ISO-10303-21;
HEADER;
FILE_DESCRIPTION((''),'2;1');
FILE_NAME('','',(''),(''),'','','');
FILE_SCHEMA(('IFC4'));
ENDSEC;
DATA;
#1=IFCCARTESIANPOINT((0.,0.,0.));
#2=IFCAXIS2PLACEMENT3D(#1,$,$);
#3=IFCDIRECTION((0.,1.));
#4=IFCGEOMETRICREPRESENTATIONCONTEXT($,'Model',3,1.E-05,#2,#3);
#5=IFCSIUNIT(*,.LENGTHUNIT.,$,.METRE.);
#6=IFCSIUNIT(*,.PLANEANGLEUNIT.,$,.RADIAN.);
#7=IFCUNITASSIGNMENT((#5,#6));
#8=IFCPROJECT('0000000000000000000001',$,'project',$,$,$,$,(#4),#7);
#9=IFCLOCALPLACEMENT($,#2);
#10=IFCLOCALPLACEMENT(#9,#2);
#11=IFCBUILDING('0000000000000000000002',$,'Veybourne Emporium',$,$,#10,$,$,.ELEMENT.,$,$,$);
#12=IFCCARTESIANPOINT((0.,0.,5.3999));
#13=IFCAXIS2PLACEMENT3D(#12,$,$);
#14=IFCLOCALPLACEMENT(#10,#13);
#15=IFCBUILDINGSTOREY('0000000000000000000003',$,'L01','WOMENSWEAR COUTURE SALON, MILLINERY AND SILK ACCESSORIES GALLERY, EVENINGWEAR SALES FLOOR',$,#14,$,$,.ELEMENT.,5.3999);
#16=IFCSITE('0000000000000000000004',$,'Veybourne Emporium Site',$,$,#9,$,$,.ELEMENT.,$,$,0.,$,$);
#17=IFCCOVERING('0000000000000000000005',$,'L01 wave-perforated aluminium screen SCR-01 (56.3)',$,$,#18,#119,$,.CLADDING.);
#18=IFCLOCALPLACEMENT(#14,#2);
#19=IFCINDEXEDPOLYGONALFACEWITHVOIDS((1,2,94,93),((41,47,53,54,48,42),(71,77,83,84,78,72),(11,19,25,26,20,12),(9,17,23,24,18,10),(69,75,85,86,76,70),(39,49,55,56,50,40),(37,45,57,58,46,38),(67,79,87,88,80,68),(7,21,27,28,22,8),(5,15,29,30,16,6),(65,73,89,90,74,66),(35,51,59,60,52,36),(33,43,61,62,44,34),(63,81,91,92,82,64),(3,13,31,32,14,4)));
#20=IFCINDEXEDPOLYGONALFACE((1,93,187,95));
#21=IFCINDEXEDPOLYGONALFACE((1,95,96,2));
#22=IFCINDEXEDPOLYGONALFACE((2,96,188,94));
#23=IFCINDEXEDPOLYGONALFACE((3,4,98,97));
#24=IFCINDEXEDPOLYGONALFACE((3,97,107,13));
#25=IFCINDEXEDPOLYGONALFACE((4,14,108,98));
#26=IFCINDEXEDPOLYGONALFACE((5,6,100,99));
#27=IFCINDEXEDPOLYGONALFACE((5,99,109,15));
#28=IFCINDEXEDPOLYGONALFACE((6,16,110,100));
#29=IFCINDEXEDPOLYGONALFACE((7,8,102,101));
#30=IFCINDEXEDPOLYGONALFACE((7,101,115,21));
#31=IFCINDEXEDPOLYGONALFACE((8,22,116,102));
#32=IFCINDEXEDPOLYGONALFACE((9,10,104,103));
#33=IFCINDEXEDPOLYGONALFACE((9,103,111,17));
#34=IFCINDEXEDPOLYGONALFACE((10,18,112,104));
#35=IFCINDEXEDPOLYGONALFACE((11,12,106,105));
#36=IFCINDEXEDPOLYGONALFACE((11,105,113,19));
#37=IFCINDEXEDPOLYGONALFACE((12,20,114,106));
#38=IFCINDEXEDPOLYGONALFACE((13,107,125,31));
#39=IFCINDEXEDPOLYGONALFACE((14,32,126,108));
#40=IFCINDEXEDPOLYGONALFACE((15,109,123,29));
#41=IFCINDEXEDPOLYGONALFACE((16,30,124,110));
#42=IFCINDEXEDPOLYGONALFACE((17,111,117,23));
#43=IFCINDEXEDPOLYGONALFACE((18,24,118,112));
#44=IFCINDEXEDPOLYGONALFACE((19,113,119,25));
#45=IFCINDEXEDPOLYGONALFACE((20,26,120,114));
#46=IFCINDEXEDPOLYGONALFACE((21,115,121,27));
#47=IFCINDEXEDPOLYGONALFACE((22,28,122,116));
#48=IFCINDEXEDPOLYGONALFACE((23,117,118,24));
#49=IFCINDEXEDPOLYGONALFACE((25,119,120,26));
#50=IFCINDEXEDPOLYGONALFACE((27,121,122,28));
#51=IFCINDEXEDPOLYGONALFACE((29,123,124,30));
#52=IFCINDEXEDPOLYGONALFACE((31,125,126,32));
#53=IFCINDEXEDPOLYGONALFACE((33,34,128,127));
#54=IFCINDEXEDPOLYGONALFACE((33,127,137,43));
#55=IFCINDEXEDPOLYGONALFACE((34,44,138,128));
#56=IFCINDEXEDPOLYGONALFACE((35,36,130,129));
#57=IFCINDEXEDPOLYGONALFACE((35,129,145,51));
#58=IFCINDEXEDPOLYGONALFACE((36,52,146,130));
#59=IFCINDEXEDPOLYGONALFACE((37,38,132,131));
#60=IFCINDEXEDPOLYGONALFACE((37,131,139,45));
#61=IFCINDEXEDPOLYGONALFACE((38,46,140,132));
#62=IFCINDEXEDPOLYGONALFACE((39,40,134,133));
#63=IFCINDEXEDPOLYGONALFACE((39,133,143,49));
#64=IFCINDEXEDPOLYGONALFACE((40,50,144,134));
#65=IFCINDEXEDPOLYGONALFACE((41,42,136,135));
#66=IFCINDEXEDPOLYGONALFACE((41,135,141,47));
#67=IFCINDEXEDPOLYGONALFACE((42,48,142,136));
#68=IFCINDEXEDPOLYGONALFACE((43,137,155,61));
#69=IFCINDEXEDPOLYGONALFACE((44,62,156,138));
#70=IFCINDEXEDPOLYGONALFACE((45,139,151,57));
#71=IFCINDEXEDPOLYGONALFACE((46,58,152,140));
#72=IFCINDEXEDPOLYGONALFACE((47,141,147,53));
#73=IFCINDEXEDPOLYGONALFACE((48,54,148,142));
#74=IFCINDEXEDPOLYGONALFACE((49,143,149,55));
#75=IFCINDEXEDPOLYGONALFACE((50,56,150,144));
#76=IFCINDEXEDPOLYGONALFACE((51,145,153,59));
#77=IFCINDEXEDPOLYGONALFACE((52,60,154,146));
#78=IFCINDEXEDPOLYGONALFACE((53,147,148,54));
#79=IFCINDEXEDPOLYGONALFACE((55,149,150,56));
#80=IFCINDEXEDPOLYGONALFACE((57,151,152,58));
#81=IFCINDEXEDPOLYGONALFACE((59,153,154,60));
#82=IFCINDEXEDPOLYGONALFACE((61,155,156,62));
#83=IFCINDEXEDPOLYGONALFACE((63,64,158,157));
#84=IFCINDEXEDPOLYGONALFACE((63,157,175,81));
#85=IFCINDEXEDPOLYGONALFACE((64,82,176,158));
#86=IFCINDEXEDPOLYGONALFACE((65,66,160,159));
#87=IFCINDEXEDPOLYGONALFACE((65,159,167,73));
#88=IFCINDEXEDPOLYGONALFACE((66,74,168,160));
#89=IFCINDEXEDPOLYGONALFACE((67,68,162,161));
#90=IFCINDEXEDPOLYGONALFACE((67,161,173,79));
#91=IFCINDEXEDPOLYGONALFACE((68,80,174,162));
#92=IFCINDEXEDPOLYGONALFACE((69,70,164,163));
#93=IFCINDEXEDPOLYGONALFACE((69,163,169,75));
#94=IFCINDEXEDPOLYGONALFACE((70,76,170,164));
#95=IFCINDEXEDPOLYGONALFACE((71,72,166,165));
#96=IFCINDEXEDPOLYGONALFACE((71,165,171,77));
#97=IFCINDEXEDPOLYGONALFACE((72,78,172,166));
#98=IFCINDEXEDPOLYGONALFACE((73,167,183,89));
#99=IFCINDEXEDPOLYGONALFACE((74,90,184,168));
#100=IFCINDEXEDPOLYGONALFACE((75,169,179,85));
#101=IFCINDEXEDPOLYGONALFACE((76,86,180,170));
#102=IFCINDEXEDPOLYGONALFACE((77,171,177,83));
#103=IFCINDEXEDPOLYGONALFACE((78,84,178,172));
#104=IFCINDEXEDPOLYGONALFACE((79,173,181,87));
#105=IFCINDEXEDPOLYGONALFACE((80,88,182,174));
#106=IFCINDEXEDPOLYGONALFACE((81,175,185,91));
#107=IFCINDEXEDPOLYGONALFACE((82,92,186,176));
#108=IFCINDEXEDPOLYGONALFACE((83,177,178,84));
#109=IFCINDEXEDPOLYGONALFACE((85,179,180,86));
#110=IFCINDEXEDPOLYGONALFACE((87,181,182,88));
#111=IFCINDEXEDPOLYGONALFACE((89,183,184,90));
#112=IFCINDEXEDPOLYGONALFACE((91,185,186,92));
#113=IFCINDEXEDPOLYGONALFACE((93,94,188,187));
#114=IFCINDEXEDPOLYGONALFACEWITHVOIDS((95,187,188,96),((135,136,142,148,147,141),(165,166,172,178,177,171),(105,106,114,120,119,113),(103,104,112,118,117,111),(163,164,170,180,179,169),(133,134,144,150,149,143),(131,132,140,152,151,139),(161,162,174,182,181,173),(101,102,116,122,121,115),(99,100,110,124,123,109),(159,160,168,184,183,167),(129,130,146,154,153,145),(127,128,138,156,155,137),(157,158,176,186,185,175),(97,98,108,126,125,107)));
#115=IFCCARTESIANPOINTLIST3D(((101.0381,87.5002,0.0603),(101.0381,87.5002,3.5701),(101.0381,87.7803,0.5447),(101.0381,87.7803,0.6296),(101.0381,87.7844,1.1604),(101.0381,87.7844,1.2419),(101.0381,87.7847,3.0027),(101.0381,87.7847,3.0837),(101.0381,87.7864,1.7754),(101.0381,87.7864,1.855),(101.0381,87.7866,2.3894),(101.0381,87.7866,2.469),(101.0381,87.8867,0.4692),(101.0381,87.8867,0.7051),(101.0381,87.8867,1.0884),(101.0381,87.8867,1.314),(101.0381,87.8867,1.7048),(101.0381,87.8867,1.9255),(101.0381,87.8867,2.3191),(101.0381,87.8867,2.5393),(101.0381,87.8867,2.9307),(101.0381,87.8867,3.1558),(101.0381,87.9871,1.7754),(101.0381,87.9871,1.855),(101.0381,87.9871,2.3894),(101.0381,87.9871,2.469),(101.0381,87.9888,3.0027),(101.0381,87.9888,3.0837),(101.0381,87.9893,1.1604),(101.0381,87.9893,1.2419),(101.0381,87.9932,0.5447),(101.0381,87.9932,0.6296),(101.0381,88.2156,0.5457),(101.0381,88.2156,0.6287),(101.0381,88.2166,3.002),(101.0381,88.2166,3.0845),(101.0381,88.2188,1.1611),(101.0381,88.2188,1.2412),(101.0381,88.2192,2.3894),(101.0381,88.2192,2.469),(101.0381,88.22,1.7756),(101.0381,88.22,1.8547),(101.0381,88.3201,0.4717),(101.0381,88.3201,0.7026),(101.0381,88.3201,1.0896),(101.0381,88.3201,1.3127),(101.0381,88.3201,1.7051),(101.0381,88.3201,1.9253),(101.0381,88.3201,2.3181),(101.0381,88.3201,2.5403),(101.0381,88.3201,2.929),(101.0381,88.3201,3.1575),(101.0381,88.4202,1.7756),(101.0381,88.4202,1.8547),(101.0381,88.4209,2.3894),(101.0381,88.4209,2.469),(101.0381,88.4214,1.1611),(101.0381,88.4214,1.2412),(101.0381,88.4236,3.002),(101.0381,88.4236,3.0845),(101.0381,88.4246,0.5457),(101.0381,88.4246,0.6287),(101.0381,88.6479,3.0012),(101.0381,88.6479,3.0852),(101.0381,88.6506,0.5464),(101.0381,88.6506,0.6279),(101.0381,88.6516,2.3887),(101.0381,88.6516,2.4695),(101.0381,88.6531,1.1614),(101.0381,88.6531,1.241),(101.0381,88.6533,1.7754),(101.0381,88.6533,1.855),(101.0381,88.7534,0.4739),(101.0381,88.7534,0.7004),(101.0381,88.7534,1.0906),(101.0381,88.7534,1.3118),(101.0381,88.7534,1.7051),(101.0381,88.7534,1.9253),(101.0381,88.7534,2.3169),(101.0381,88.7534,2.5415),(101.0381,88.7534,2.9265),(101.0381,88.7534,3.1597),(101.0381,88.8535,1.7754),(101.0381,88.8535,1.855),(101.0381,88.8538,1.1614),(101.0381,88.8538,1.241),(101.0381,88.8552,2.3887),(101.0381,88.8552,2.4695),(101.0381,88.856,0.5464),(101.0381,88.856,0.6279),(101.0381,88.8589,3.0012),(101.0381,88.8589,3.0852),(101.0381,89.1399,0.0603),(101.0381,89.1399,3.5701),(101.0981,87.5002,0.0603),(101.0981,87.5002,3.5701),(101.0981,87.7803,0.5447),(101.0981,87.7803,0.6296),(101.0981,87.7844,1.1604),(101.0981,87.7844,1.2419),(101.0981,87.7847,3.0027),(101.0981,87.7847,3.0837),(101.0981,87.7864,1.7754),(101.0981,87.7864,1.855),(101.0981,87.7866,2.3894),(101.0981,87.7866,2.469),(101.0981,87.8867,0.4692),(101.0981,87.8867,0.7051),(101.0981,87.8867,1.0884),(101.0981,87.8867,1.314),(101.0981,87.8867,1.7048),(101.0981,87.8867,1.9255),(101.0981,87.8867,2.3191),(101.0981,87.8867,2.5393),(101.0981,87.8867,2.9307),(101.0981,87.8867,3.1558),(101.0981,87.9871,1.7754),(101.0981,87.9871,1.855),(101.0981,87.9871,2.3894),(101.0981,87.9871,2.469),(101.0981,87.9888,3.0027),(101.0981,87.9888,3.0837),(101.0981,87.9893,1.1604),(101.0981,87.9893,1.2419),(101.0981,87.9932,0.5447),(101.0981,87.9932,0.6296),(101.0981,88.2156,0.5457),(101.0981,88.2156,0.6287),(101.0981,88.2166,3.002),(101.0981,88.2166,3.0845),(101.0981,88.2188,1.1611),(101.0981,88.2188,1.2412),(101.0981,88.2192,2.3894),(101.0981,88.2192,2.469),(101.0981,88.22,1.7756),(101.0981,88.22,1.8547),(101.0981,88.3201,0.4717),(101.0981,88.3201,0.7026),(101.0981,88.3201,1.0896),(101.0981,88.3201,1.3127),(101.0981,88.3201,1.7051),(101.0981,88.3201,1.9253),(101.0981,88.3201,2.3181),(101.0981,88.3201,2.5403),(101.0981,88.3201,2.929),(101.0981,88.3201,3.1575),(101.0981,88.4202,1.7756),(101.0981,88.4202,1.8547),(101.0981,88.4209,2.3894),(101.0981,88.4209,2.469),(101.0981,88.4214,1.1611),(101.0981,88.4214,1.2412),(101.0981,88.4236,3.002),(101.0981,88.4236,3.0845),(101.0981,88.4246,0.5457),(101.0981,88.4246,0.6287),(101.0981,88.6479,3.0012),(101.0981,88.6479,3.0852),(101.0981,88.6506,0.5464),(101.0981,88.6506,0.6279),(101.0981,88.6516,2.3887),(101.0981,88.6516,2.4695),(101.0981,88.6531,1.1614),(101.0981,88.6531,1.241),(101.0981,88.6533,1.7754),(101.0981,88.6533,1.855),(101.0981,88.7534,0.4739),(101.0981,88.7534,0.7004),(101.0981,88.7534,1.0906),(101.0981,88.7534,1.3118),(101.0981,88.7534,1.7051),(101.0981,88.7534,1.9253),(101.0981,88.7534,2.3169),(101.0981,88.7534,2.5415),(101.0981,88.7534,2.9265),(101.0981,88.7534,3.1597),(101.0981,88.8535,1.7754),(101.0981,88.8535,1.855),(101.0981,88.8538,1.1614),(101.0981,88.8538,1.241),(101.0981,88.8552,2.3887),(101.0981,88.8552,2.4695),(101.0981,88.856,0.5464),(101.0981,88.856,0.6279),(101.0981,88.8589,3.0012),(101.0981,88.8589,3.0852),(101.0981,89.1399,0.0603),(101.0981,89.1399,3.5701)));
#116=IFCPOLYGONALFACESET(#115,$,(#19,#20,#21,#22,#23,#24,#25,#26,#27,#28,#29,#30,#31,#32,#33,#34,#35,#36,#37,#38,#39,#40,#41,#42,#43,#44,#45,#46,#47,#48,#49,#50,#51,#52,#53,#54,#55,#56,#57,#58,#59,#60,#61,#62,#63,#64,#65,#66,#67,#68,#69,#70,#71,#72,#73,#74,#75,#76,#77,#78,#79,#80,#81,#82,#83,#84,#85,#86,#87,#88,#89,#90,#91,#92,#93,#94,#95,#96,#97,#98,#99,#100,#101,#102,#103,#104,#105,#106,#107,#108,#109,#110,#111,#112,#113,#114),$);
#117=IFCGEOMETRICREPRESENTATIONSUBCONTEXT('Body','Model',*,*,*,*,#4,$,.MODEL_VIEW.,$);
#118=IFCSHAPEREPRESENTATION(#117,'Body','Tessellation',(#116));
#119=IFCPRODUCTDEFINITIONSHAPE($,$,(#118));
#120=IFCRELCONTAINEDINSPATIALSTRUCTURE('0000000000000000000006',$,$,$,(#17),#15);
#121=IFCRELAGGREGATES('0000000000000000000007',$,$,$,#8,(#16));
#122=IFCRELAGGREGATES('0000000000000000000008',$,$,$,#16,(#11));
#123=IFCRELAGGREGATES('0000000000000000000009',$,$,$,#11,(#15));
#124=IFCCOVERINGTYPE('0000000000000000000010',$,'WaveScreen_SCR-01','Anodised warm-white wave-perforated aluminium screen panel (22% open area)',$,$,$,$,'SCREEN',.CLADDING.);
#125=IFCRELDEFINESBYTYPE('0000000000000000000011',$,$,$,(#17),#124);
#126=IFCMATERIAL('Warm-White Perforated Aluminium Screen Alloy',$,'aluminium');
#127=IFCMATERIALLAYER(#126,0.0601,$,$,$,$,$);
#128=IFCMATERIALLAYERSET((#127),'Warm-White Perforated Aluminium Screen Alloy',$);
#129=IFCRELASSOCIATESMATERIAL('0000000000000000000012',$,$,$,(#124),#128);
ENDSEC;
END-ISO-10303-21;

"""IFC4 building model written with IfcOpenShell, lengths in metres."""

from ifc_helpers import new_model, si_unit, direction, frame, origin, place, context, subcontext, project, spatial, polyline, outline, extrude, material, layer, layer_set, type_object, element, save


model = new_model("IFC4")

# Units and contexts
model_context = context("Model", 3, precision=1e-05, world=origin(), true_north=direction((0.0, 1.0)))
body_context = subcontext(model_context, "Body", "Model", "MODEL_VIEW")
ifc_project = project(units=[si_unit("LENGTHUNIT", "METRE"), si_unit("PLANEANGLEUNIT", "RADIAN")], contexts=[model_context])

# Site, building, storey
site_placement = place(None, origin())
site = spatial("IfcSite", under=ifc_project, at=site_placement, Name="Veybourne Emporium Site", CompositionType="ELEMENT", RefElevation=0.0)
building_placement = place(site_placement, origin())
building = spatial("IfcBuilding", under=site, at=building_placement, Name="Veybourne Emporium", CompositionType="ELEMENT")
storey_placement = place(building_placement, frame((0.0, 0.0, 5.3999)))
storey = spatial("IfcBuildingStorey", under=building, at=storey_placement, Name="L01", Description="WOMENSWEAR COUTURE SALON, MILLINERY AND SILK ACCESSORIES GALLERY, EVENINGWEAR SALES FLOOR", CompositionType="ELEMENT", Elevation=5.3999)

# Covering
ifc_material_1 = material(Name="Warm-White Perforated Aluminium Screen Alloy", Category="aluminium")
ifc_layer_1 = layer(ifc_material_1, 0.0601)
ifc_layer_set_1 = layer_set([ifc_layer_1], Name="Warm-White Perforated Aluminium Screen Alloy")
covering_type_1 = type_object("IfcCoveringType", Name="WaveScreen_SCR-01", Description="Anodised warm-white wave-perforated aluminium screen panel (22% open area)", ElementType="SCREEN", PredefinedType="CLADDING", material=ifc_layer_set_1)
covering_1_placement = place(storey_placement, frame((101.0981, 88.3201, 1.8152), z_axis=(-1.0, 0.0, 0.0), x_axis=(0.0, -1.0, 0.0)))
element("IfcCovering", 1, at=covering_1_placement, inside=storey, type_object=covering_type_1, Name="L01 wave-perforated aluminium screen SCR-01 (56.3)", PredefinedType="CLADDING", context=body_context, shape_type="SweptSolid", body=[
    extrude(outline(polyline([(-0.8198, -1.7549), (0.8198, -1.7549), (0.8198, 1.7549), (-0.8198, 1.7549), (-0.8198, -1.7549)]), holes=[polyline([(-0.4333, -1.1147), (-0.3306, -1.1873), (-0.3306, -1.2688), (-0.4333, -1.3413), (-0.5359, -1.2688), (-0.5359, -1.1873), (-0.4333, -1.1147)]), polyline([(-0.4333, -0.5034), (-0.333, -0.5742), (-0.333, -0.6538), (-0.4333, -0.7246), (-0.5337, -0.6538), (-0.5337, -0.5742), (-0.4333, -0.5034)]), polyline([(-0.4333, 0.1101), (-0.3333, 0.0398), (-0.3333, -0.0398), (-0.4333, -0.1101), (-0.5334, -0.0398), (-0.5334, 0.0398), (-0.4333, 0.1101)]), polyline([(-0.4333, 0.7263), (-0.3315, 0.6543), (-0.3315, 0.5735), (-0.4333, 0.5017), (-0.5352, 0.5735), (-0.5352, 0.6543), (-0.4333, 0.7263)]), polyline([(-0.4333, 1.3445), (-0.3279, 1.27), (-0.3279, 1.186), (-0.4333, 1.1113), (-0.5388, 1.186), (-0.5388, 1.27), (-0.4333, 1.3445)]), polyline([(0.0, -1.1125), (0.1045, -1.1865), (0.1045, -1.2695), (0.0, -1.3435), (-0.1045, -1.2695), (-0.1045, -1.1865), (0.0, -1.1125)]), polyline([(0.0, -0.5024), (0.1013, -0.574), (0.1013, -0.6541), (0.0, -0.7256), (-0.1013, -0.6541), (-0.1013, -0.574), (0.0, -0.5024)]), polyline([(0.0, 0.1101), (0.1001, 0.0396), (0.1001, -0.0396), (0.0, -0.1101), (-0.1001, -0.0396), (-0.1001, 0.0396), (0.0, 0.1101)]), polyline([(0.0, 0.7251), (0.1008, 0.6538), (0.1008, 0.5742), (0.0, 0.5029), (-0.1008, 0.5742), (-0.1008, 0.6538), (0.0, 0.7251)]), polyline([(0.0, 1.3423), (0.1035, 1.2693), (0.1035, 1.1868), (0.0, 1.1138), (-0.1035, 1.1868), (-0.1035, 1.2693), (0.0, 1.3423)]), polyline([(0.4333, -1.1101), (0.5398, -1.1855), (0.5398, -1.2705), (0.4333, -1.3459), (0.3269, -1.2705), (0.3269, -1.1855), (0.4333, -1.1101)]), polyline([(0.4333, -0.5012), (0.5356, -0.5732), (0.5356, -0.6548), (0.4333, -0.7268), (0.3308, -0.6548), (0.3308, -0.5732), (0.4333, -0.5012)]), polyline([(0.4333, 0.1104), (0.5337, 0.0398), (0.5337, -0.0398), (0.4333, -0.1104), (0.333, -0.0398), (0.333, 0.0398), (0.4333, 0.1104)]), polyline([(0.4333, 0.7241), (0.5334, 0.6538), (0.5334, 0.5742), (0.4333, 0.5039), (0.333, 0.5742), (0.333, 0.6538), (0.4333, 0.7241)]), polyline([(0.4333, 1.3406), (0.5354, 1.2686), (0.5354, 1.1875), (0.4333, 1.1155), (0.3313, 1.1875), (0.3313, 1.2686), (0.4333, 1.3406)])]), origin(), (0.0, 0.0, 1.0), 0.0601),
])

save(model, "model.ifc")
